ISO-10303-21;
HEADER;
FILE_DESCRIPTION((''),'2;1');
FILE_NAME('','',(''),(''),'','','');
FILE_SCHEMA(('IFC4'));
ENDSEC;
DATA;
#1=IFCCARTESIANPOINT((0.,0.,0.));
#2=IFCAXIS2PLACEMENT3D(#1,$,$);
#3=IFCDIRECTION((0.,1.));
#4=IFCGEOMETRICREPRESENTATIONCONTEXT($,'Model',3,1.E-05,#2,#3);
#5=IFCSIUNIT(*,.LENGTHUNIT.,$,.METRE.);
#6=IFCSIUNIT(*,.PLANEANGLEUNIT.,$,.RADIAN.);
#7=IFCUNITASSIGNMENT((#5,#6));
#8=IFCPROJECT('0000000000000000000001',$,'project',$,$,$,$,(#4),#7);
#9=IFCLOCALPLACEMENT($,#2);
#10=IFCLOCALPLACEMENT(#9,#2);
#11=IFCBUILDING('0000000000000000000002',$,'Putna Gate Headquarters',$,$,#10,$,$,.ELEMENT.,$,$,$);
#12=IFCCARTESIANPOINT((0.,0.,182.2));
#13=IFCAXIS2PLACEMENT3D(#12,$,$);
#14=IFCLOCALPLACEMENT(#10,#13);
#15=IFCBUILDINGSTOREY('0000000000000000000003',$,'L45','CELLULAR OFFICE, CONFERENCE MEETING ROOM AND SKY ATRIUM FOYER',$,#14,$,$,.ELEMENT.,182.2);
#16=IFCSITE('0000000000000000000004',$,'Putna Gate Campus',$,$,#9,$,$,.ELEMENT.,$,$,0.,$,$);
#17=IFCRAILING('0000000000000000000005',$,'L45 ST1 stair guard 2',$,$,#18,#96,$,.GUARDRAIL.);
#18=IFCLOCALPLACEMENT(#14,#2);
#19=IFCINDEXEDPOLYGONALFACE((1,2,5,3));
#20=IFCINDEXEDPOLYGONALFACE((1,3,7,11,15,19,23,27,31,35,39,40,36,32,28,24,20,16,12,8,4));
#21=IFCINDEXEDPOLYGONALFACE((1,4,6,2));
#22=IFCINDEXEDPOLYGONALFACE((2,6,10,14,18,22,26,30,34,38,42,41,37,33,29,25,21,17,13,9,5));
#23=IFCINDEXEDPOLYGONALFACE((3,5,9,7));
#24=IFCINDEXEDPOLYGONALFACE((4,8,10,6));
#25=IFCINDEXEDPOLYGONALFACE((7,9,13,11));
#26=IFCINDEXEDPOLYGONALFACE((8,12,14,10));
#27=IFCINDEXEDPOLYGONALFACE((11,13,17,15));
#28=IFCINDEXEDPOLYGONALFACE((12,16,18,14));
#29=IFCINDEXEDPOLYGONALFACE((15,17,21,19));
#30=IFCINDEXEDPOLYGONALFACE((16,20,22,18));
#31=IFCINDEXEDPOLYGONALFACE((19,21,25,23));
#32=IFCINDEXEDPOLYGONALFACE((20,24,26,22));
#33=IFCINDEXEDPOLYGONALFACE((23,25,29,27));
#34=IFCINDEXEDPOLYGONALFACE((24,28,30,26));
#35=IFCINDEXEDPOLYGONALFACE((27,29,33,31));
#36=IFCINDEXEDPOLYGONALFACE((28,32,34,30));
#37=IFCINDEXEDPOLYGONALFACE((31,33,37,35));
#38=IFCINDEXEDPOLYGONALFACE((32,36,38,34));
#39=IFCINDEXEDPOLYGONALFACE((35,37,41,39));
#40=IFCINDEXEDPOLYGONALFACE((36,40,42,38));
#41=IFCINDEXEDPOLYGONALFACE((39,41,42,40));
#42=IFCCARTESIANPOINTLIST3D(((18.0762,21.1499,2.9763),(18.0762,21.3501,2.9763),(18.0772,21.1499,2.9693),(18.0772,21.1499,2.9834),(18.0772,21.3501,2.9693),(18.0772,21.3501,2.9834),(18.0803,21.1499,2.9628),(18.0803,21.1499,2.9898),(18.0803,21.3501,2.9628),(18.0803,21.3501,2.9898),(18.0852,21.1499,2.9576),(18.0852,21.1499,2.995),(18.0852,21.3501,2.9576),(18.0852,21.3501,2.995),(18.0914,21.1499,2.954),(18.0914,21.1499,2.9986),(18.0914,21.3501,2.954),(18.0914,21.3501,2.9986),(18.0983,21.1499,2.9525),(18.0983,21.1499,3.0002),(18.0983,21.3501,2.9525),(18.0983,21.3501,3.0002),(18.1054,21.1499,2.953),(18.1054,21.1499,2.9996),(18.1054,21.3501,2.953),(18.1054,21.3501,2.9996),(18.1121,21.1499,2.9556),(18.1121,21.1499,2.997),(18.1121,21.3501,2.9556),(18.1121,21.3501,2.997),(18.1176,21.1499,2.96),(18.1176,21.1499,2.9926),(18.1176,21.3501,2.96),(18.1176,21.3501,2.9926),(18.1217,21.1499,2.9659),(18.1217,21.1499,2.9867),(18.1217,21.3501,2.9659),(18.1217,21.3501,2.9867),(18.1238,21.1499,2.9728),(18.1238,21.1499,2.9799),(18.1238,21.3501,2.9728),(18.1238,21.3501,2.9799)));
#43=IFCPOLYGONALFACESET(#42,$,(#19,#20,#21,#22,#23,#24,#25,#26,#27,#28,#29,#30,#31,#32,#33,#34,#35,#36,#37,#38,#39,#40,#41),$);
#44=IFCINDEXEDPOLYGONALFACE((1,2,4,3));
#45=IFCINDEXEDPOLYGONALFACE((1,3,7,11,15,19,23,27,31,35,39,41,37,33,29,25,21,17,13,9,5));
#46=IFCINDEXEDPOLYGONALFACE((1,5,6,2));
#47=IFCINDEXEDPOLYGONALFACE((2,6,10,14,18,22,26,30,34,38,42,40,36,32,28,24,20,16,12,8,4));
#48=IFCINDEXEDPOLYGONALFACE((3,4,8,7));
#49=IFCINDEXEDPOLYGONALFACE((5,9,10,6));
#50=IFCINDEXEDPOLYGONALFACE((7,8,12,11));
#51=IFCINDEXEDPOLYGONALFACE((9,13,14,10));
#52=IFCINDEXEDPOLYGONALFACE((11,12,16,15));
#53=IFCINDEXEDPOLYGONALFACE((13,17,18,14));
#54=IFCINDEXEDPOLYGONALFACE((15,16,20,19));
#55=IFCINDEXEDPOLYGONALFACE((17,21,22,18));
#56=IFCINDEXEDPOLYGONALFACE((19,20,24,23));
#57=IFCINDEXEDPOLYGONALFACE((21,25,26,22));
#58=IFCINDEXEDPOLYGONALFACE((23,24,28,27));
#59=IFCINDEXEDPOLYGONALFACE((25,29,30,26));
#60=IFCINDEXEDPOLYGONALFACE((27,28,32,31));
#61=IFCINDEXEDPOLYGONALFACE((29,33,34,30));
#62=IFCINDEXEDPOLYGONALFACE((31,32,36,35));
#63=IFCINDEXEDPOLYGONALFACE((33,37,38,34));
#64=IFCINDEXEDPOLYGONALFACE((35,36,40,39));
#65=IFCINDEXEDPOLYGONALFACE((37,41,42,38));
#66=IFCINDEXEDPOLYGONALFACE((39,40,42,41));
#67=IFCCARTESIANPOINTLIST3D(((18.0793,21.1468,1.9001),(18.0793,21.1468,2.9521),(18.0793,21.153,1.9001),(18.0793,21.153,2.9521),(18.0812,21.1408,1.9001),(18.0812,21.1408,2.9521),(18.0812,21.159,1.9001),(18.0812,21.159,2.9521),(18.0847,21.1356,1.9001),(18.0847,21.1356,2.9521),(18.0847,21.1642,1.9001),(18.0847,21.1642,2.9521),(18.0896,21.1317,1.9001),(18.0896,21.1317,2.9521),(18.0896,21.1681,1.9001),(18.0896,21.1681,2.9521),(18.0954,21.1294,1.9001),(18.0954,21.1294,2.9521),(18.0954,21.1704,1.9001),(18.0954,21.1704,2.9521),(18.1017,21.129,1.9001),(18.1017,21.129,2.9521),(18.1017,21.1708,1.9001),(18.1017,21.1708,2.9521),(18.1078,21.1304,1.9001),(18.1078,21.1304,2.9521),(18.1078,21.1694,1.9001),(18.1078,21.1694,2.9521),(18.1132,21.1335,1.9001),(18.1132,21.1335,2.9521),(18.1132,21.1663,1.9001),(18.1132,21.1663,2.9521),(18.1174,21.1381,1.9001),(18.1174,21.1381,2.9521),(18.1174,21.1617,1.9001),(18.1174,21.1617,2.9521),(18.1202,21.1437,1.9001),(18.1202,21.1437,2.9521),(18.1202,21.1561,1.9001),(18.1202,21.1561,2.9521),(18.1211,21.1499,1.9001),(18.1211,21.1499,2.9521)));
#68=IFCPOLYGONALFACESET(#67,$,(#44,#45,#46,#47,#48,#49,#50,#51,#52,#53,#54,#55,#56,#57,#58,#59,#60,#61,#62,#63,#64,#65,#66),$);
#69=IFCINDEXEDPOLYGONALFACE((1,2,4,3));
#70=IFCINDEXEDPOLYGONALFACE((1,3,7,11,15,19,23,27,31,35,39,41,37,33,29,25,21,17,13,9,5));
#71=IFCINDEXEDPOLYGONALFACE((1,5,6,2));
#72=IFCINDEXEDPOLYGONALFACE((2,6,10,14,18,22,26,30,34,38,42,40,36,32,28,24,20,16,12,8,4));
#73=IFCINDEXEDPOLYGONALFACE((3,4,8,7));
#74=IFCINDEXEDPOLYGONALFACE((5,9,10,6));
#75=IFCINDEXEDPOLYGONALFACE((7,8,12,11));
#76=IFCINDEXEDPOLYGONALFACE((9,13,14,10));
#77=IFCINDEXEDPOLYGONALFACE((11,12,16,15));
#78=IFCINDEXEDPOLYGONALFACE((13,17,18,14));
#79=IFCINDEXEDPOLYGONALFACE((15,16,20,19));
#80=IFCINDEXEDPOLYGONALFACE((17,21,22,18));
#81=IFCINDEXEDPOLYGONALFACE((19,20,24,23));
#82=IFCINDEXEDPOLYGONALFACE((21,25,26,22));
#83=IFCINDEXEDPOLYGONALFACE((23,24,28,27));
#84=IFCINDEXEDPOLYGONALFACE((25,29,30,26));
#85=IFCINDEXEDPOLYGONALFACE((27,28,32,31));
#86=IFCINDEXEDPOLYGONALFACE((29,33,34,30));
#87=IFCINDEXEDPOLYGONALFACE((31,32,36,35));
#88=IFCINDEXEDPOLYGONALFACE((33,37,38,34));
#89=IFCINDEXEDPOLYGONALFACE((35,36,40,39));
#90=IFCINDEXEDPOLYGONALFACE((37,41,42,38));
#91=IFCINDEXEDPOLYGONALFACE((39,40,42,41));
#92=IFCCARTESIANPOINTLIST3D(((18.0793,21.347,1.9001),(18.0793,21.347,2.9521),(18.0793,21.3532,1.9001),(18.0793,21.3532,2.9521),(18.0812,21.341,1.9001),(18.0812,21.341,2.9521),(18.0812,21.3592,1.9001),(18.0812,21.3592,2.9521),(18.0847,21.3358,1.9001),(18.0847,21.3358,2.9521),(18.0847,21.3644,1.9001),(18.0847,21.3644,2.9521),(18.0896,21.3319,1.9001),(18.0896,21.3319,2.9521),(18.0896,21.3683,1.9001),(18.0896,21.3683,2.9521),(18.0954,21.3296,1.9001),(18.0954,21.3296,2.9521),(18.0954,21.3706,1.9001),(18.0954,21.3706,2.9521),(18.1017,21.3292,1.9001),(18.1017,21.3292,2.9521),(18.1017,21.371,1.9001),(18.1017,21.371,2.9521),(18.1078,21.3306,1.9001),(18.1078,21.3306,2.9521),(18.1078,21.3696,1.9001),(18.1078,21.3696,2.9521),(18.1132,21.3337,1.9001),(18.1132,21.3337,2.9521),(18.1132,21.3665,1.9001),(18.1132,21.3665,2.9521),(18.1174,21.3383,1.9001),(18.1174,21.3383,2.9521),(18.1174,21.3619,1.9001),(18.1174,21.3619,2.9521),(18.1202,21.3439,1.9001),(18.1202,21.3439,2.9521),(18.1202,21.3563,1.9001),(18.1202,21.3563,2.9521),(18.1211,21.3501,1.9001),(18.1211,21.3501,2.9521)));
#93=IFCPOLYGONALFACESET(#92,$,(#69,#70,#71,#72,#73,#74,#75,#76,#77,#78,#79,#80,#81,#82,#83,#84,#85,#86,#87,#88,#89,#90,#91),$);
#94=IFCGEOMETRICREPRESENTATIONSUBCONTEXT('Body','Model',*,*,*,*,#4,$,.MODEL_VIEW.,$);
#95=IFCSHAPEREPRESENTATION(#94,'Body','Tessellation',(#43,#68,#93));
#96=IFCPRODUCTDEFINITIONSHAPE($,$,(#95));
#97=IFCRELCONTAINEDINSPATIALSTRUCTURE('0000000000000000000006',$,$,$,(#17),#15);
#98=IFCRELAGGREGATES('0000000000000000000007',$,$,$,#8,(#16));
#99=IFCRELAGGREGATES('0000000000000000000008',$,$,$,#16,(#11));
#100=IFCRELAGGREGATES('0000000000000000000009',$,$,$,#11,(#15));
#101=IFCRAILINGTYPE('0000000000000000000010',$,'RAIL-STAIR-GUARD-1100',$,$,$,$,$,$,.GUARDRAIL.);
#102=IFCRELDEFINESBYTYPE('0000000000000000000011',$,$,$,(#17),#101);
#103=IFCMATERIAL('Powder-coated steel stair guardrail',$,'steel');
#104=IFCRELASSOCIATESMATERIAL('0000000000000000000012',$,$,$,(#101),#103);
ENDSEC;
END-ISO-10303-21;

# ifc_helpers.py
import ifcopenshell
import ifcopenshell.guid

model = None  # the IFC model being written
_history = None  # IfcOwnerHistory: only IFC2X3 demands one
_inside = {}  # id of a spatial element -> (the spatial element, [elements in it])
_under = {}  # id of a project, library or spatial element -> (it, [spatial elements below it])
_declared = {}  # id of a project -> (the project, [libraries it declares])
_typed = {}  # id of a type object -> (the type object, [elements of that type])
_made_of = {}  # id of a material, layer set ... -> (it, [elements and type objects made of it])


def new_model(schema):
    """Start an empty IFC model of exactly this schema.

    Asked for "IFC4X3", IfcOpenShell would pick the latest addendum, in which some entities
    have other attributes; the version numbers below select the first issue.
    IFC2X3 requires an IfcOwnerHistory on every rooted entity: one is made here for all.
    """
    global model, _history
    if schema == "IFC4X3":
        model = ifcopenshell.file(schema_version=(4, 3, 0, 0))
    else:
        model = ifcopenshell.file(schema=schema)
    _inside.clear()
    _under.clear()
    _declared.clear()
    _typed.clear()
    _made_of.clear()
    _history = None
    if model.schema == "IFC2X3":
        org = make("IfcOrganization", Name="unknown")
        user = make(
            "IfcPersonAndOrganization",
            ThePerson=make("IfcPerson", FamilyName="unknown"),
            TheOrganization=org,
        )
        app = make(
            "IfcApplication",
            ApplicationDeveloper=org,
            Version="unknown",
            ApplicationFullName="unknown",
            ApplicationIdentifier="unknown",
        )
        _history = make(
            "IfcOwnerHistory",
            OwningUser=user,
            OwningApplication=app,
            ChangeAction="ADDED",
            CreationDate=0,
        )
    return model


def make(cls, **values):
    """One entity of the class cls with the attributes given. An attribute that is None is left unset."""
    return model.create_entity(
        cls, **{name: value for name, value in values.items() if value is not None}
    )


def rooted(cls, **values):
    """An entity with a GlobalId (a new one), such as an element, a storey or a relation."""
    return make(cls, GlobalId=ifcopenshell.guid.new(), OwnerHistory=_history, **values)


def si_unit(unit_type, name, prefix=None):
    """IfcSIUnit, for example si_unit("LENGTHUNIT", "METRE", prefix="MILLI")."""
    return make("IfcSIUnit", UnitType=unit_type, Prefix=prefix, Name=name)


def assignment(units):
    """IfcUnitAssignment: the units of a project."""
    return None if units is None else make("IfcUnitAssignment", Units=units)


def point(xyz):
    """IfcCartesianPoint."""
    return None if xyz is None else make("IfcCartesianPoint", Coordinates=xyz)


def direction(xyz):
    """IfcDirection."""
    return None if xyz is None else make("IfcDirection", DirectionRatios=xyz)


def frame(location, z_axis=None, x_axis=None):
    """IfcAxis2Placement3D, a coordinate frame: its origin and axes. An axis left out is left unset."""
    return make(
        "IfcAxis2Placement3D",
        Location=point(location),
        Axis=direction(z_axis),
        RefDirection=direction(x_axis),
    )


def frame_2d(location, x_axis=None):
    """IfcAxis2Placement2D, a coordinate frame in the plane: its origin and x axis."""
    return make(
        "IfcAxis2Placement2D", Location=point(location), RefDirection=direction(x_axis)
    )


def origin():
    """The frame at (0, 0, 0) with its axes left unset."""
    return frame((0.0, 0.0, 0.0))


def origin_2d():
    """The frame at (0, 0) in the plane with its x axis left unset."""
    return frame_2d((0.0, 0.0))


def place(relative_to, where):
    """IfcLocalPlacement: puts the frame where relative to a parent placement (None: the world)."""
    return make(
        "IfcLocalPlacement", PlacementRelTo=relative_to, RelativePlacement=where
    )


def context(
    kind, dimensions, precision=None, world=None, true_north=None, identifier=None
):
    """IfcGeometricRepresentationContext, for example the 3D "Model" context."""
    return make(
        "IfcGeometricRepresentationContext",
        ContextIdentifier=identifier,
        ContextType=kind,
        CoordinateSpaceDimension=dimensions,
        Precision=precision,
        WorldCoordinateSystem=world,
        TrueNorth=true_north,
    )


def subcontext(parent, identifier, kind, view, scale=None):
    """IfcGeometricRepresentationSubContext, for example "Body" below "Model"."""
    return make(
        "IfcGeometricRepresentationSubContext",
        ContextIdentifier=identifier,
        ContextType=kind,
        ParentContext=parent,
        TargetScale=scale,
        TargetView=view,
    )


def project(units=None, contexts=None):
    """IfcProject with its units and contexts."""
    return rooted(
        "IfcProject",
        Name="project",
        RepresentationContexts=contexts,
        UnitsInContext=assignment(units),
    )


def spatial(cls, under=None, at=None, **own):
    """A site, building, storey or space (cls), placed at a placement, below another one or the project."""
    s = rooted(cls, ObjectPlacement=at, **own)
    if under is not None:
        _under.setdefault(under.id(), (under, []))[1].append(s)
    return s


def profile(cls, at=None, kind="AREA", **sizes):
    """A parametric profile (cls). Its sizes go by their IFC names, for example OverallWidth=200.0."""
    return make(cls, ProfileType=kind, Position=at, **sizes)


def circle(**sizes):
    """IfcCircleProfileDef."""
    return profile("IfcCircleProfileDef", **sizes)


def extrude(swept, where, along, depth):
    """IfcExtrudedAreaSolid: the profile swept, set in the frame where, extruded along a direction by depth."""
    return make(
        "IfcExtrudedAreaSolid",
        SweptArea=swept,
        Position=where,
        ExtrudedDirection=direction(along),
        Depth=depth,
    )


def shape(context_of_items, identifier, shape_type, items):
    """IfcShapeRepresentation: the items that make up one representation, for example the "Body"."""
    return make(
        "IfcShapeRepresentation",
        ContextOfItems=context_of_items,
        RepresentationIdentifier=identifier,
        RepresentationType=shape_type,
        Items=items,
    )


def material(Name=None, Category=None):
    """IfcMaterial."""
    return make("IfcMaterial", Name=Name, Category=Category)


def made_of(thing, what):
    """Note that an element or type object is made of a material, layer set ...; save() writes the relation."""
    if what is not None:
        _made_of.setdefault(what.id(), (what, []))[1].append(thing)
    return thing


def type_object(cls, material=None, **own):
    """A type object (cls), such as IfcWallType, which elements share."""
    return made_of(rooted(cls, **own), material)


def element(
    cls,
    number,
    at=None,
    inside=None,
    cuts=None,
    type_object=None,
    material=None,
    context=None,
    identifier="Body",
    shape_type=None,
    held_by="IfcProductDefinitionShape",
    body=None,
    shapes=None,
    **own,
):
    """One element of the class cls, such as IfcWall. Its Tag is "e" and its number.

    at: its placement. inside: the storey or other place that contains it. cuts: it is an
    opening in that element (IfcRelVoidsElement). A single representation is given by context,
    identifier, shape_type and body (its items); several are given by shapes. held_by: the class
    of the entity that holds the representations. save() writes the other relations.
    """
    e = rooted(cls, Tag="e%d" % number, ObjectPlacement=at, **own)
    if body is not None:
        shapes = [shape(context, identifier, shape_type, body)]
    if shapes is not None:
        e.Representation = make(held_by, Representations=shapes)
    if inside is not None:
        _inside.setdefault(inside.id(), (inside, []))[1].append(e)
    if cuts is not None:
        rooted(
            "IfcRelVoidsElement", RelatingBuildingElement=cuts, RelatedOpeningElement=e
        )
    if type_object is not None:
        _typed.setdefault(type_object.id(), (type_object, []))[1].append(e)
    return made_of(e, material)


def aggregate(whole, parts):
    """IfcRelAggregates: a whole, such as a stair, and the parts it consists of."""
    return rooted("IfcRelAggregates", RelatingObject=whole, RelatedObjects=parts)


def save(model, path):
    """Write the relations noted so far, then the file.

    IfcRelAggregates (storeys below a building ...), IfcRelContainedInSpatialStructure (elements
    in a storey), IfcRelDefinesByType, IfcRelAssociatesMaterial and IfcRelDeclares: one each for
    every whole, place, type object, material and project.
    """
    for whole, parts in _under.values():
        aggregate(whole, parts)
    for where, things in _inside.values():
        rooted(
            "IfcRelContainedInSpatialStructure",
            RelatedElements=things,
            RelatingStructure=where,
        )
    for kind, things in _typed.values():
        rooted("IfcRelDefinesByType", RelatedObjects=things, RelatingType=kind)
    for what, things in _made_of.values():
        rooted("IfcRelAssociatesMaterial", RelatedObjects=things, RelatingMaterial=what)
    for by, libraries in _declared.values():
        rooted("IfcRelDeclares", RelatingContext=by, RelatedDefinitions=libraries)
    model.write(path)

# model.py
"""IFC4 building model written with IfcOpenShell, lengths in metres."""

from ifc_helpers import new_model, si_unit, direction, frame, origin, origin_2d, place, context, subcontext, project, spatial, circle, extrude, material, type_object, element, save


model = new_model("IFC4")

# Units and contexts
model_context = context("Model", 3, precision=1e-05, world=origin(), true_north=direction((0.0, 1.0)))
body_context = subcontext(model_context, "Body", "Model", "MODEL_VIEW")
ifc_project = project(units=[si_unit("LENGTHUNIT", "METRE"), si_unit("PLANEANGLEUNIT", "RADIAN")], contexts=[model_context])

# Site, building, storey
site_placement = place(None, origin())
site = spatial("IfcSite", under=ifc_project, at=site_placement, Name="Putna Gate Campus", CompositionType="ELEMENT", RefElevation=0.0)
building_placement = place(site_placement, origin())
building = spatial("IfcBuilding", under=site, at=building_placement, Name="Putna Gate Headquarters", CompositionType="ELEMENT")
storey_placement = place(building_placement, frame((0.0, 0.0, 182.2)))
storey = spatial("IfcBuildingStorey", under=building, at=storey_placement, Name="L45", Description="CELLULAR OFFICE, CONFERENCE MEETING ROOM AND SKY ATRIUM FOYER", CompositionType="ELEMENT", Elevation=182.2)

# Railing
ifc_material_1 = material(Name="Powder-coated steel stair guardrail", Category="steel")
railing_type_1 = type_object("IfcRailingType", Name="RAIL-STAIR-GUARD-1100", PredefinedType="GUARDRAIL", material=ifc_material_1)
railing_1_placement = place(storey_placement, frame((18.1001, 21.1499, 1.9001)))
element("IfcRailing", 1, at=railing_1_placement, inside=storey, type_object=railing_type_1, Name="L45 ST1 stair guard 2", PredefinedType="GUARDRAIL", context=body_context, shape_type="SweptSolid", body=[
    extrude(circle(Radius=0.0239, at=origin_2d()), frame((0.0, 0.0, 1.0762), z_axis=(0.0, 1.0, 0.0), x_axis=(-1.0, 0.0, 0.0)), (0.0, 0.0, 1.0), 0.2002),
    extrude(circle(Radius=0.021, at=origin_2d()), origin(), (0.0, 0.0, 1.0), 1.052),
    extrude(circle(Radius=0.021, at=origin_2d()), frame((0.0, 0.2002, 0.0)), (0.0, 0.0, 1.0), 1.052),
])

save(model, "model.ifc")
